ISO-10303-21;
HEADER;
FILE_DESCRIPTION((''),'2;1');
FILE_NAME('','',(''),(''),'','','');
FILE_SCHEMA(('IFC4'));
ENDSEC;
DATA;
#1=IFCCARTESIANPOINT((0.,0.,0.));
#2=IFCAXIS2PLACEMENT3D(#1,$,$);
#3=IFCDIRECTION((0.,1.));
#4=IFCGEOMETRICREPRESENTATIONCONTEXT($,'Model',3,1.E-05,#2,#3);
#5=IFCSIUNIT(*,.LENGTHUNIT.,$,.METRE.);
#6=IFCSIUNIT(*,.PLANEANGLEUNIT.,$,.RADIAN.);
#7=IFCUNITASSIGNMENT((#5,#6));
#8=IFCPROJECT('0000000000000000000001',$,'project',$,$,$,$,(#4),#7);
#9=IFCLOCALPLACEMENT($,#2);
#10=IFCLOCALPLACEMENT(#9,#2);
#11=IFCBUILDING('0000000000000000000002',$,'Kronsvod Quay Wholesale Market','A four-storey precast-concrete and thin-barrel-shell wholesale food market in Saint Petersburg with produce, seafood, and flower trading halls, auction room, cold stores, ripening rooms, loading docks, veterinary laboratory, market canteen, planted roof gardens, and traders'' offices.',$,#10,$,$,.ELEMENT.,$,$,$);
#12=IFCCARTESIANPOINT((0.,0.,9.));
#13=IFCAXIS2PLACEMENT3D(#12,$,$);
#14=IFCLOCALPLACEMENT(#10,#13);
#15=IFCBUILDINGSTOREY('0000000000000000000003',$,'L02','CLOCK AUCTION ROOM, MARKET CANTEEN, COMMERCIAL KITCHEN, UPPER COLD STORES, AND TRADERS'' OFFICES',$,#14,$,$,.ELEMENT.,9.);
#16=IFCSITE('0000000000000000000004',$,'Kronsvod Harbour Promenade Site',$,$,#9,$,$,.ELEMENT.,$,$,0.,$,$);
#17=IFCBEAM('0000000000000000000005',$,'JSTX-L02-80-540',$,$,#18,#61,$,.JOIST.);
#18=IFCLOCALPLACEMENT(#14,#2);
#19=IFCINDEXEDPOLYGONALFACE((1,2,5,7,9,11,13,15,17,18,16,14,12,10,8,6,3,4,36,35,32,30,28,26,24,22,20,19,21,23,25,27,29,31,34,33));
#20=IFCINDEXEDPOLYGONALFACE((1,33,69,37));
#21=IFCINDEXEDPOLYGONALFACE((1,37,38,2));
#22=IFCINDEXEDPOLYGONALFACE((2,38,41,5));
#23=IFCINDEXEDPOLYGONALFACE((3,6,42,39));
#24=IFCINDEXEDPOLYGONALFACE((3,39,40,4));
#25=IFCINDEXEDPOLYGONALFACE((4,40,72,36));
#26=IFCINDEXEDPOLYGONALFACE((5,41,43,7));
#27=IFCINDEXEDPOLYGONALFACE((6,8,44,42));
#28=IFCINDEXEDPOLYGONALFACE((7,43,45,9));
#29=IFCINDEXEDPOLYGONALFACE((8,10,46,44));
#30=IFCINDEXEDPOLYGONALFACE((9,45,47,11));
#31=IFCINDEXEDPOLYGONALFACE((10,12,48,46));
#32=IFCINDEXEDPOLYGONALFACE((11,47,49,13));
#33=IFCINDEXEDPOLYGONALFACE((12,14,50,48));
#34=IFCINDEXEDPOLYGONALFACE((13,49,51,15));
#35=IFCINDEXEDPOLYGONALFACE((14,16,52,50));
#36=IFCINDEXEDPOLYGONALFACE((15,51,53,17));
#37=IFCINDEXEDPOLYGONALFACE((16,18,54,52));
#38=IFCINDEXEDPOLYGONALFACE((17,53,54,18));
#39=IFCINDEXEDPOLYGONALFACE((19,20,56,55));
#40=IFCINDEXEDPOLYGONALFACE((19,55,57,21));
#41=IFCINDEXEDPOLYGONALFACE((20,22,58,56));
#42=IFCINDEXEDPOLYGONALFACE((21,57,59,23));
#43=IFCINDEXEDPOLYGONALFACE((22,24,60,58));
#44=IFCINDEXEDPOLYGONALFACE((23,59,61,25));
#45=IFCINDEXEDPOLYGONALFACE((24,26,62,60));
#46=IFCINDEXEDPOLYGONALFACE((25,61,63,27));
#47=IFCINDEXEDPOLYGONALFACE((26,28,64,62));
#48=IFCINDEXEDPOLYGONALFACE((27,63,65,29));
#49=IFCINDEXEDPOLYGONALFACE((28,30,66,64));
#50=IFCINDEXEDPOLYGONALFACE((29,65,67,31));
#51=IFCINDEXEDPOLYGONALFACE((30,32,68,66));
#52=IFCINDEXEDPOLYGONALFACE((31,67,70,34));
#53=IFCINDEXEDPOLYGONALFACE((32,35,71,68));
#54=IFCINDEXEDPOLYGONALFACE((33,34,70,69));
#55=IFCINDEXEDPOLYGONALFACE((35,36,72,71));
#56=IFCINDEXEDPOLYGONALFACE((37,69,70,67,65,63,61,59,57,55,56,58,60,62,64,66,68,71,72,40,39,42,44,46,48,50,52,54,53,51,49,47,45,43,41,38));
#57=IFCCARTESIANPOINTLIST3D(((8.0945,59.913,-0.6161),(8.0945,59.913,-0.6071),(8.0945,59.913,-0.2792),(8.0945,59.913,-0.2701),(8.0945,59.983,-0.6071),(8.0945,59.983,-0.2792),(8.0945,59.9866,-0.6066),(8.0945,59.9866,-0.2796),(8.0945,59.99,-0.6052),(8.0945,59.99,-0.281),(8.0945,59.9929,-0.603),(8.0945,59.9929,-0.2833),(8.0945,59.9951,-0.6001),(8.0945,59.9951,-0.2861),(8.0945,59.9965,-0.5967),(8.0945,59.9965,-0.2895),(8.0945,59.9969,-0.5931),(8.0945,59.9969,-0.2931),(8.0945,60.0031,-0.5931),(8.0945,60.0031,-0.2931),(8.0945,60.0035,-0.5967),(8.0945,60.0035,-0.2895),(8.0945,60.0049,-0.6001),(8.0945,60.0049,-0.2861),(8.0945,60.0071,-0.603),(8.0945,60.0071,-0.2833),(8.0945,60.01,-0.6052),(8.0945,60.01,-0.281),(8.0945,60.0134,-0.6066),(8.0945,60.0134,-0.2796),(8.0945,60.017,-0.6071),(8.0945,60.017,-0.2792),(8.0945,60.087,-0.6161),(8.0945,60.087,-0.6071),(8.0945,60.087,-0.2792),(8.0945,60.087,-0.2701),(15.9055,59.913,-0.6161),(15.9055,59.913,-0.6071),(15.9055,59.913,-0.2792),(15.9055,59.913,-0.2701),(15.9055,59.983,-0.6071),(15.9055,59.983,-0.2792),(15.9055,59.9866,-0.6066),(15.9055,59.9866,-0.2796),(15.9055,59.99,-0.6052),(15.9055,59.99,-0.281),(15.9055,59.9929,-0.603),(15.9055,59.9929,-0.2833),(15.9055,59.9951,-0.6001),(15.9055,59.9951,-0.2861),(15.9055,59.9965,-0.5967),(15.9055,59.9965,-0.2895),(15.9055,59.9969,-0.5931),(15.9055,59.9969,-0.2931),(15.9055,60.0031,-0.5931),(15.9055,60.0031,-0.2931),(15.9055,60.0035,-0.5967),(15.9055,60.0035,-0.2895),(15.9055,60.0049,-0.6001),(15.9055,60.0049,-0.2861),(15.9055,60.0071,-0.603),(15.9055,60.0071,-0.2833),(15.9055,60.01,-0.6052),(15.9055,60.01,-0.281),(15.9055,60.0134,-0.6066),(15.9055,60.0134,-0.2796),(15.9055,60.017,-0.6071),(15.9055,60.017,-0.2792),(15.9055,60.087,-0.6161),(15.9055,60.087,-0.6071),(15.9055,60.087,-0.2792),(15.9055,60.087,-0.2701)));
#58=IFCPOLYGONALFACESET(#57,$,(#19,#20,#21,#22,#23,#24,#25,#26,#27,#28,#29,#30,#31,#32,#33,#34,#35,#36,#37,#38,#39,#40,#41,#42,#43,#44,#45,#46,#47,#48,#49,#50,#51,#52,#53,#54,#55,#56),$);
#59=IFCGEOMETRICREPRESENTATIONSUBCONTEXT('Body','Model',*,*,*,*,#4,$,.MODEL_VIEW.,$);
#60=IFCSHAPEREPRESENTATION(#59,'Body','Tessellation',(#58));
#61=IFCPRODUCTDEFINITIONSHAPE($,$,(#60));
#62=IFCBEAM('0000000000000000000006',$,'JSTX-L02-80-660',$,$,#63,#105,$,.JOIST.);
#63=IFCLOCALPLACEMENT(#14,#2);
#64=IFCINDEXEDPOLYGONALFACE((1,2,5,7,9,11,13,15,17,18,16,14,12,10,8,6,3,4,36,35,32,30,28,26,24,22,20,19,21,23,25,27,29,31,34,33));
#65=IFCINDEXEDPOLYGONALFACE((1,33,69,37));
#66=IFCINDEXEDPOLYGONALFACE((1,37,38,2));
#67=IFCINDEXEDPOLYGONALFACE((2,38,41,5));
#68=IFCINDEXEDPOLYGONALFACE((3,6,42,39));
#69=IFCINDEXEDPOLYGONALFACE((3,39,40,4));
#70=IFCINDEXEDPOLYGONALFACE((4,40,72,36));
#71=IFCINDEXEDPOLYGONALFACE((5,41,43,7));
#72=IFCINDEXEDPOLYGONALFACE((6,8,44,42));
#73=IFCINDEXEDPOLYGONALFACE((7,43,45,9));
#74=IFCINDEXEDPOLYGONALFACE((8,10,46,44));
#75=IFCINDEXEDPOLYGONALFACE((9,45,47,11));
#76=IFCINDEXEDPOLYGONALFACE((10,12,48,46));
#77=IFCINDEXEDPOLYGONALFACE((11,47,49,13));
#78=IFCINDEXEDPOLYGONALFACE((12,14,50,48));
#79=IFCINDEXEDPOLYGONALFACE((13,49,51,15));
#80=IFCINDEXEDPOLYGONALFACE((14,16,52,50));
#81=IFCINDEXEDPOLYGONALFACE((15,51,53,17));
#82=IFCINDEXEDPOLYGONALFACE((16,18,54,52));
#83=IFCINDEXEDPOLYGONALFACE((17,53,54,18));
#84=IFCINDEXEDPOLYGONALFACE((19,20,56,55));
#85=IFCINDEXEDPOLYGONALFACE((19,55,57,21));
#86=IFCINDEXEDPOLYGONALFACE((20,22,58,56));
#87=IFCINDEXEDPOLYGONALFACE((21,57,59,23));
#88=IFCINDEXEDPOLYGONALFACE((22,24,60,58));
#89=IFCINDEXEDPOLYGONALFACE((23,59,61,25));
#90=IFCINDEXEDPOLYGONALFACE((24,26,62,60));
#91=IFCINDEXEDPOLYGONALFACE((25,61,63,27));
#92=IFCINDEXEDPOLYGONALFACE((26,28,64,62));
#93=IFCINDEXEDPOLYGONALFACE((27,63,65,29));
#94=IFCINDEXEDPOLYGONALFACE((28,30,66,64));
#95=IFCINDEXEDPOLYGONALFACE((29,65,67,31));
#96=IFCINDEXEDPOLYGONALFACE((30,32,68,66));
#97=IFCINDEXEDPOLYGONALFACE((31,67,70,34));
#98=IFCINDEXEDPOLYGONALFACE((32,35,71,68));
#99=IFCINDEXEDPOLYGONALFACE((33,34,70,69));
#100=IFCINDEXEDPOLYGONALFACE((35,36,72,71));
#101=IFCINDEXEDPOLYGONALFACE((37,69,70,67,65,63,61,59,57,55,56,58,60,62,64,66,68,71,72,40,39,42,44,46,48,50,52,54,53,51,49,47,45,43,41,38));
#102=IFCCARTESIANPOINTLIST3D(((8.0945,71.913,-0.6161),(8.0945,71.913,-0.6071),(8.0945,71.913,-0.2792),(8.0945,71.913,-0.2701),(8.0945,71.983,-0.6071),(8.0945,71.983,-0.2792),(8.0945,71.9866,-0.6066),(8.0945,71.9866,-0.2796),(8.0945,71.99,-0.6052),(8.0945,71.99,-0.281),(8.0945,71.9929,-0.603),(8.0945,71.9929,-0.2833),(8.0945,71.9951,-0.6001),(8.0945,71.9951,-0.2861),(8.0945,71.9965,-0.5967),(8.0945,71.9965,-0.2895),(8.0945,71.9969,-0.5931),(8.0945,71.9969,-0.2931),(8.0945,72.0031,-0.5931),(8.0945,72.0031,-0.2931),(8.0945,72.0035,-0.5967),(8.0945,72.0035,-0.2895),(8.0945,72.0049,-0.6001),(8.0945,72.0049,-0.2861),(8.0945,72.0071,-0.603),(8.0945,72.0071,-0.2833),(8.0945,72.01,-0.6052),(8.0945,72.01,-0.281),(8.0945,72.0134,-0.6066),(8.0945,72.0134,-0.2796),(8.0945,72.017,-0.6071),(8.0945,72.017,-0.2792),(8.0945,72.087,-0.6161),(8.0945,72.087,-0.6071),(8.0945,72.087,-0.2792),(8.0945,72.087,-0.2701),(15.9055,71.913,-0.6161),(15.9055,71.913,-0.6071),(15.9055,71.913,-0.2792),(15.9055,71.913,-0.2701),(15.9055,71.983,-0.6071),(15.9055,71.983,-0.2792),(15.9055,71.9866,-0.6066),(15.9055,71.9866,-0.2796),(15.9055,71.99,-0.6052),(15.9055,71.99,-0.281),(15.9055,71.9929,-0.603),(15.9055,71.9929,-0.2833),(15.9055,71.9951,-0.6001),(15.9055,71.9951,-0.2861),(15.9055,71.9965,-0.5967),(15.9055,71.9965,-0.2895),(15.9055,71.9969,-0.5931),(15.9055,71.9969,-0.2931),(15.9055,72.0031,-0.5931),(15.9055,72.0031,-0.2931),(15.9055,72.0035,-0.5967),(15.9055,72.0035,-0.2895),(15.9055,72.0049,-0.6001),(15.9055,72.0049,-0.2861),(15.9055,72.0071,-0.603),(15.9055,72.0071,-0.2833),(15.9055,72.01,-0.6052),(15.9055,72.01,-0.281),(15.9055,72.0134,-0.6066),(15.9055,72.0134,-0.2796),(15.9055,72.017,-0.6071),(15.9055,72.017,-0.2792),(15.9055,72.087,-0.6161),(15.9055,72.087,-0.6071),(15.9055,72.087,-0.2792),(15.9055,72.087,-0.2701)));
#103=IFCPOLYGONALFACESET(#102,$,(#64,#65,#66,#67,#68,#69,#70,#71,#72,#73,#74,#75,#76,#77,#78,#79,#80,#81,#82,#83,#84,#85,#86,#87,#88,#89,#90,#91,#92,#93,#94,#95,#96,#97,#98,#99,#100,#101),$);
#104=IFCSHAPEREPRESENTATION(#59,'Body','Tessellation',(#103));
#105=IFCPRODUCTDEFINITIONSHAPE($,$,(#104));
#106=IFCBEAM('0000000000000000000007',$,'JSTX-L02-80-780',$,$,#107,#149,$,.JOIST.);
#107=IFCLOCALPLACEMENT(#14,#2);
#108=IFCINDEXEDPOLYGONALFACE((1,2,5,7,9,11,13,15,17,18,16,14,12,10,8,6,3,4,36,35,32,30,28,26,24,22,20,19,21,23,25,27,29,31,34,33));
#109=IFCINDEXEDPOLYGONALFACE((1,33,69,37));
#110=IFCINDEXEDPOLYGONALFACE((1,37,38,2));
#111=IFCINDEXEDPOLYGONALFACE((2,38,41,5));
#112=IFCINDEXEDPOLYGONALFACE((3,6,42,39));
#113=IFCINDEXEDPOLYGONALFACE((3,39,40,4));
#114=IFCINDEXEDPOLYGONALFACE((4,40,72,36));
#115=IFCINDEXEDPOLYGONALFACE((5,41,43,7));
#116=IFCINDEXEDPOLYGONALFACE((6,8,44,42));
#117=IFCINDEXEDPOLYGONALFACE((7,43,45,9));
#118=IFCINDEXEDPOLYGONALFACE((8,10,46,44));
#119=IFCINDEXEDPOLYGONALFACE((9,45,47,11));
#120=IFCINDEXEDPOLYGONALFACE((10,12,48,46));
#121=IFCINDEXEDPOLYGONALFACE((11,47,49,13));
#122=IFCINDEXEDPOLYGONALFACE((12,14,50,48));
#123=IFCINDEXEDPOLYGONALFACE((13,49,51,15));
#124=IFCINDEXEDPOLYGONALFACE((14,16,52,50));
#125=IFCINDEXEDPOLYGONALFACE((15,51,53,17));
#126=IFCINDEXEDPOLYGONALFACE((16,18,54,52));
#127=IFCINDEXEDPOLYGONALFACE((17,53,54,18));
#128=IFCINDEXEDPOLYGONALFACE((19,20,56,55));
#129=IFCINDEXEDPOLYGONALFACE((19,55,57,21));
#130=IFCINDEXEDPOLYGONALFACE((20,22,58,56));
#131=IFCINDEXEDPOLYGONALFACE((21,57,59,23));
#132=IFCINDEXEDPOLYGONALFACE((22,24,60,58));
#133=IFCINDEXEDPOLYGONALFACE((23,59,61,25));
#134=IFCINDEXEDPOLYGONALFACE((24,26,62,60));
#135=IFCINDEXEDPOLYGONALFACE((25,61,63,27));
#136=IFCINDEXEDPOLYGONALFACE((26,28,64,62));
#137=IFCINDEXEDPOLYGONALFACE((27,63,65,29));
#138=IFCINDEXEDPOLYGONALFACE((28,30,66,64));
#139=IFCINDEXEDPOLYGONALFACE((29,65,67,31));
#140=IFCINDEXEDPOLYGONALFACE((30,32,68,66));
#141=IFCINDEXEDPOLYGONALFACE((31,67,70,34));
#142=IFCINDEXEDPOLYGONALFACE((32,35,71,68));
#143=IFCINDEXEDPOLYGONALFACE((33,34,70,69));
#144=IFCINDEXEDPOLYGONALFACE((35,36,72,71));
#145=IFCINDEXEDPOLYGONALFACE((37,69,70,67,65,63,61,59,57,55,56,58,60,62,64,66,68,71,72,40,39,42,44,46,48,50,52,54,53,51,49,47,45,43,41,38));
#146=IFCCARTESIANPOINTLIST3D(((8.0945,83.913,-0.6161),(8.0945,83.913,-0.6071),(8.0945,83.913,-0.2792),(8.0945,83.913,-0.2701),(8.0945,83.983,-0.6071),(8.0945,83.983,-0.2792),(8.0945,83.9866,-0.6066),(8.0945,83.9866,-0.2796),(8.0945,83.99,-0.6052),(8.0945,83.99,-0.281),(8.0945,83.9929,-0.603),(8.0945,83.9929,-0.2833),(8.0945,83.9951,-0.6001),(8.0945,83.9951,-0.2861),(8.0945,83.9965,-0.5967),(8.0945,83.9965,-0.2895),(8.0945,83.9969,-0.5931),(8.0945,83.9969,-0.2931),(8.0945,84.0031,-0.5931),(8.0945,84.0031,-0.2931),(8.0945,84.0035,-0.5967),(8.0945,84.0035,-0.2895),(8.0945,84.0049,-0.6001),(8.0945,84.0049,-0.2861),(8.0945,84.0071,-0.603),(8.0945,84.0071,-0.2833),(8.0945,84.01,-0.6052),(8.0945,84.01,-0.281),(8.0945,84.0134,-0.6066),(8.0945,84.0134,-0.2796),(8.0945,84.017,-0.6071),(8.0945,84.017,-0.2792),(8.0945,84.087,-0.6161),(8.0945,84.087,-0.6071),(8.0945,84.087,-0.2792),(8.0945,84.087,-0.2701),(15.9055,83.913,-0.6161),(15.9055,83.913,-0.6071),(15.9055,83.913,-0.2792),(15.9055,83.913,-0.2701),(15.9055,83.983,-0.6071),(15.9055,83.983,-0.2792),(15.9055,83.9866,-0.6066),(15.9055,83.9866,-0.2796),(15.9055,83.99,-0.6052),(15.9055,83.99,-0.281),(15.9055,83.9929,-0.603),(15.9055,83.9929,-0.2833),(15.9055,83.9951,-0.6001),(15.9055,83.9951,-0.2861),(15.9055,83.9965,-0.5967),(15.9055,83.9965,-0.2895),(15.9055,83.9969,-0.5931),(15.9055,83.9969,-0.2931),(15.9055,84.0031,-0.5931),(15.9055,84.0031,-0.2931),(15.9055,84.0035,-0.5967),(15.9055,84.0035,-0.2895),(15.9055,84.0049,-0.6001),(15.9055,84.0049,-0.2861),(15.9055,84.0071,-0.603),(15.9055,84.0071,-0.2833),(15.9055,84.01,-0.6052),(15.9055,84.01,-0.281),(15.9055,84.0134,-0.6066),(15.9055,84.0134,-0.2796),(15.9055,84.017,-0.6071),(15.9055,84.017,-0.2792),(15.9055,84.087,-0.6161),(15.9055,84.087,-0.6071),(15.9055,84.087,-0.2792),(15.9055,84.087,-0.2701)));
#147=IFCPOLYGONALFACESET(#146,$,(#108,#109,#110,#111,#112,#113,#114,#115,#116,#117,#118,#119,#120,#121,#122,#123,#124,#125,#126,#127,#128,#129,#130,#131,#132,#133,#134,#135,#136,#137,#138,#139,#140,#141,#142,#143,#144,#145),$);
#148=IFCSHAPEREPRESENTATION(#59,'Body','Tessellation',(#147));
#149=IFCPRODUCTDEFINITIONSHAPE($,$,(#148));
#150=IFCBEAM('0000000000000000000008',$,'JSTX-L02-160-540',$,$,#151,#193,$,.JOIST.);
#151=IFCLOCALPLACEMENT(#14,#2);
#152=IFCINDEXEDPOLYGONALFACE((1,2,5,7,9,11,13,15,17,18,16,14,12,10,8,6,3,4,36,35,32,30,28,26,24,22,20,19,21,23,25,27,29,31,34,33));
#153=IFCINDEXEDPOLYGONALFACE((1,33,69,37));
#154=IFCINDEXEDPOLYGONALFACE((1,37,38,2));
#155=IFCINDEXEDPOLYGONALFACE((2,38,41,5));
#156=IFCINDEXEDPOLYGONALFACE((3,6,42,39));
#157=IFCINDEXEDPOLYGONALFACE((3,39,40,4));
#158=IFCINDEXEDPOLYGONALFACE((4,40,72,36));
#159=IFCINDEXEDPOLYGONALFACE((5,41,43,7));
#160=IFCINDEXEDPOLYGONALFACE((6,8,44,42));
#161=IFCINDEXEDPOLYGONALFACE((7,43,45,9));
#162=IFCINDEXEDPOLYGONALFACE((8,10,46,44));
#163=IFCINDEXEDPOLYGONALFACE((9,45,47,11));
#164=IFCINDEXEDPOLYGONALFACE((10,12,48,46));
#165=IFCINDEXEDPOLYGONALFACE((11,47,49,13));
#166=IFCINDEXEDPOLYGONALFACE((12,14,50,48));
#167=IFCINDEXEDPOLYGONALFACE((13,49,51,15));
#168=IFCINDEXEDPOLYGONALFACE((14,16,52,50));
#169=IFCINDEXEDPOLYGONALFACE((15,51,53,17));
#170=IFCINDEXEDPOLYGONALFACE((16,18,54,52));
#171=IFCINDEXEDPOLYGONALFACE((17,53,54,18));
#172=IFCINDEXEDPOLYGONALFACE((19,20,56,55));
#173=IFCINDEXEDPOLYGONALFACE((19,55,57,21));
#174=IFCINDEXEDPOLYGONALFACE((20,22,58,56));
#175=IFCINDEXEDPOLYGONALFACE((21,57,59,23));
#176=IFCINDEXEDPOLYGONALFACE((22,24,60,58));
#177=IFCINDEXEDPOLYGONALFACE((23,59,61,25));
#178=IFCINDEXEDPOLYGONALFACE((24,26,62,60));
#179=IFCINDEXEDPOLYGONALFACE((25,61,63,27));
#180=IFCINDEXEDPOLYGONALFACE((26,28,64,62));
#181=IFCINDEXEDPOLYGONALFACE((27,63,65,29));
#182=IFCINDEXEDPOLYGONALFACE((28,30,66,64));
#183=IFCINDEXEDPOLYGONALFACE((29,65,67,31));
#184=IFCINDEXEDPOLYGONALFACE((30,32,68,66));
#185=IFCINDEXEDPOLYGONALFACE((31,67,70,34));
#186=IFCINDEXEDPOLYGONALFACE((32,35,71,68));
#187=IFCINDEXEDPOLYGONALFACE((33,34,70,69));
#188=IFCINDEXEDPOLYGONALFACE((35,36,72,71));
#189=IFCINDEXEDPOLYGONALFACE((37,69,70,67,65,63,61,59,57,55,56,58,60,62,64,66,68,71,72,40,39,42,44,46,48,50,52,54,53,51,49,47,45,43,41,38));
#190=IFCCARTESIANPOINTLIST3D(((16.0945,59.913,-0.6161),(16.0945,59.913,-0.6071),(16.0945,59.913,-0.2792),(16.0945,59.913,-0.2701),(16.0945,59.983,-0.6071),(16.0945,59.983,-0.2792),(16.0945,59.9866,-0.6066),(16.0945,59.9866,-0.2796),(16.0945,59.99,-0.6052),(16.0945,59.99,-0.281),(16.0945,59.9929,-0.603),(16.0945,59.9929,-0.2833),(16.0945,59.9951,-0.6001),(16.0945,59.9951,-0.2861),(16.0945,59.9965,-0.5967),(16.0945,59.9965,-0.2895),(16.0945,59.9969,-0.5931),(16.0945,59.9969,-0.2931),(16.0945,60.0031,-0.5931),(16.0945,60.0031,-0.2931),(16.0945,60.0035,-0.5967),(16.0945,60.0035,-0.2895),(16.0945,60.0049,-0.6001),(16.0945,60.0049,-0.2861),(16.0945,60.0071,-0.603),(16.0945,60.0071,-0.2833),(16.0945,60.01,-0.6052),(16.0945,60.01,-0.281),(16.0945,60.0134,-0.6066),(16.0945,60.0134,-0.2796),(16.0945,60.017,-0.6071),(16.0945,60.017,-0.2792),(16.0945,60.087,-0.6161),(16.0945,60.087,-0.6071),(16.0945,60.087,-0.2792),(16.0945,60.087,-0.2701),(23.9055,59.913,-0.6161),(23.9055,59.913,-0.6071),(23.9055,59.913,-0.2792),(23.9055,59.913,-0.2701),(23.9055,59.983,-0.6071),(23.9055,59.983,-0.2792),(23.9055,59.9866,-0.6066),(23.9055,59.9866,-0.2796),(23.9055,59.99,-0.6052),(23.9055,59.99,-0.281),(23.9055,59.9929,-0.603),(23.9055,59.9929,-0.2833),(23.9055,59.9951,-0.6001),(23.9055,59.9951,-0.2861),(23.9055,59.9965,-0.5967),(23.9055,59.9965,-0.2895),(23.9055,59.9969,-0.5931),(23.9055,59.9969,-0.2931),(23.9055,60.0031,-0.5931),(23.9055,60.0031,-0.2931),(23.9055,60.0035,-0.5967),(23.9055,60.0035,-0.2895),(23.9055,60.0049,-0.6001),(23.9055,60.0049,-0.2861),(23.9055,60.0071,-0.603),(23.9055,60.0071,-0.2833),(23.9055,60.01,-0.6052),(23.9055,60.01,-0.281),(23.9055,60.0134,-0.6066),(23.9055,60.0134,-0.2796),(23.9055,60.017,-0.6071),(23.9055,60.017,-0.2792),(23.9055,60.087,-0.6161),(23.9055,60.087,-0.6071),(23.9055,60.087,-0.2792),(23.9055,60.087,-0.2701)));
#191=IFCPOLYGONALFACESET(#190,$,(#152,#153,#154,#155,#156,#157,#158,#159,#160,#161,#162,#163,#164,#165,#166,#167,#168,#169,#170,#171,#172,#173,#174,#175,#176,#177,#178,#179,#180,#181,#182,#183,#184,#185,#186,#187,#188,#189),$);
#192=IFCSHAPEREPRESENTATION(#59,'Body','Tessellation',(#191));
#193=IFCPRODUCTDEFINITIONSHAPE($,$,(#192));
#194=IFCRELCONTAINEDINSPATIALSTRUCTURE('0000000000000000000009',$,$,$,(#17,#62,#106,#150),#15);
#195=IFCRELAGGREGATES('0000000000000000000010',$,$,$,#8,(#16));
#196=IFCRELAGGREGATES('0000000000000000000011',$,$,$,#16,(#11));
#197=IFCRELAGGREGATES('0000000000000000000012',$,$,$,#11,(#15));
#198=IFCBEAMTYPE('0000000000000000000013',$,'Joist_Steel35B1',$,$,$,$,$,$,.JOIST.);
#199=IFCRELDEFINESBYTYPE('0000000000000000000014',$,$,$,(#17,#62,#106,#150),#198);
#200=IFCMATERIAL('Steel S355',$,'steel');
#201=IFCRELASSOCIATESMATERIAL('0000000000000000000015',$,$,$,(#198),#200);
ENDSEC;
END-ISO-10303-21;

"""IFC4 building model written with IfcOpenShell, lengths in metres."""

from ifc_helpers import new_model, si_unit, direction, frame, origin, origin_2d, place, context, subcontext, project, spatial, i_section, extrude, material, material_profile, profile_set, type_object, element, save


model = new_model("IFC4")

# Units and contexts
model_context = context("Model", 3, precision=1e-05, world=origin(), true_north=direction((0.0, 1.0)))
body_context = subcontext(model_context, "Body", "Model", "MODEL_VIEW")
ifc_project = project(units=[si_unit("LENGTHUNIT", "METRE"), si_unit("PLANEANGLEUNIT", "RADIAN")], contexts=[model_context])

# Site, building, storey
site_placement = place(None, origin())
site = spatial("IfcSite", under=ifc_project, at=site_placement, Name="Kronsvod Harbour Promenade Site", CompositionType="ELEMENT", RefElevation=0.0)
building_placement = place(site_placement, origin())
building = spatial("IfcBuilding", under=site, at=building_placement, Name="Kronsvod Quay Wholesale Market", Description="A four-storey precast-concrete and thin-barrel-shell wholesale food market in Saint Petersburg with produce, seafood, and flower trading halls, auction room, cold stores, ripening rooms, loading docks, veterinary laboratory, market canteen, planted roof gardens, and traders' offices.", CompositionType="ELEMENT")
storey_placement = place(building_placement, frame((0.0, 0.0, 9.0)))
storey = spatial("IfcBuildingStorey", under=building, at=storey_placement, Name="L02", Description="CLOCK AUCTION ROOM, MARKET CANTEEN, COMMERCIAL KITCHEN, UPPER COLD STORES, AND TRADERS' OFFICES", CompositionType="ELEMENT", Elevation=9.0)

# Beams
ifc_material_1 = material(Name="Steel S355", Category="steel")
ifc_material_profile_1 = material_profile(ifc_material_1, i_section(OverallWidth=0.1741, OverallDepth=0.3459, WebThickness=0.0061, FlangeThickness=0.009, FilletRadius=0.0139, at=origin_2d()), Name="35B1")
ifc_profile_set_1 = profile_set([ifc_material_profile_1], Name="Steel S355")
beam_type_1 = type_object("IfcBeamType", Name="Joist_Steel35B1", PredefinedType="JOIST", material=ifc_profile_set_1)
for number, where, z_axis, x_axis, name in (
    (1, (8.0945, 60.0, -0.4431), (1.0, 0.0, 0.0), (0.0, 1.0, 0.0), "JSTX-L02-80-540"),
    (2, (8.0945, 72.0, -0.4431), (1.0, 0.0, 0.0), (0.0, 1.0, 0.0), "JSTX-L02-80-660"),
    (3, (8.0945, 84.0, -0.4431), (1.0, 0.0, 0.0), (0.0, 1.0, 0.0), "JSTX-L02-80-780"),
    (4, (16.0945, 60.0, -0.4431), (1.0, 0.0, 0.0), (0.0, 1.0, 0.0), "JSTX-L02-160-540"),
):
    element("IfcBeam", number, at=place(storey_placement, frame(where, z_axis=z_axis, x_axis=x_axis)), inside=storey, type_object=beam_type_1, Name=name, PredefinedType="JOIST", context=body_context, shape_type="SweptSolid", body=[
        extrude(i_section(OverallWidth=0.1741, OverallDepth=0.3459, WebThickness=0.0061, FlangeThickness=0.009, FilletRadius=0.0139, at=origin_2d()), origin(), (0.0, 0.0, 1.0), 7.811),
    ])

save(model, "model.ifc")
